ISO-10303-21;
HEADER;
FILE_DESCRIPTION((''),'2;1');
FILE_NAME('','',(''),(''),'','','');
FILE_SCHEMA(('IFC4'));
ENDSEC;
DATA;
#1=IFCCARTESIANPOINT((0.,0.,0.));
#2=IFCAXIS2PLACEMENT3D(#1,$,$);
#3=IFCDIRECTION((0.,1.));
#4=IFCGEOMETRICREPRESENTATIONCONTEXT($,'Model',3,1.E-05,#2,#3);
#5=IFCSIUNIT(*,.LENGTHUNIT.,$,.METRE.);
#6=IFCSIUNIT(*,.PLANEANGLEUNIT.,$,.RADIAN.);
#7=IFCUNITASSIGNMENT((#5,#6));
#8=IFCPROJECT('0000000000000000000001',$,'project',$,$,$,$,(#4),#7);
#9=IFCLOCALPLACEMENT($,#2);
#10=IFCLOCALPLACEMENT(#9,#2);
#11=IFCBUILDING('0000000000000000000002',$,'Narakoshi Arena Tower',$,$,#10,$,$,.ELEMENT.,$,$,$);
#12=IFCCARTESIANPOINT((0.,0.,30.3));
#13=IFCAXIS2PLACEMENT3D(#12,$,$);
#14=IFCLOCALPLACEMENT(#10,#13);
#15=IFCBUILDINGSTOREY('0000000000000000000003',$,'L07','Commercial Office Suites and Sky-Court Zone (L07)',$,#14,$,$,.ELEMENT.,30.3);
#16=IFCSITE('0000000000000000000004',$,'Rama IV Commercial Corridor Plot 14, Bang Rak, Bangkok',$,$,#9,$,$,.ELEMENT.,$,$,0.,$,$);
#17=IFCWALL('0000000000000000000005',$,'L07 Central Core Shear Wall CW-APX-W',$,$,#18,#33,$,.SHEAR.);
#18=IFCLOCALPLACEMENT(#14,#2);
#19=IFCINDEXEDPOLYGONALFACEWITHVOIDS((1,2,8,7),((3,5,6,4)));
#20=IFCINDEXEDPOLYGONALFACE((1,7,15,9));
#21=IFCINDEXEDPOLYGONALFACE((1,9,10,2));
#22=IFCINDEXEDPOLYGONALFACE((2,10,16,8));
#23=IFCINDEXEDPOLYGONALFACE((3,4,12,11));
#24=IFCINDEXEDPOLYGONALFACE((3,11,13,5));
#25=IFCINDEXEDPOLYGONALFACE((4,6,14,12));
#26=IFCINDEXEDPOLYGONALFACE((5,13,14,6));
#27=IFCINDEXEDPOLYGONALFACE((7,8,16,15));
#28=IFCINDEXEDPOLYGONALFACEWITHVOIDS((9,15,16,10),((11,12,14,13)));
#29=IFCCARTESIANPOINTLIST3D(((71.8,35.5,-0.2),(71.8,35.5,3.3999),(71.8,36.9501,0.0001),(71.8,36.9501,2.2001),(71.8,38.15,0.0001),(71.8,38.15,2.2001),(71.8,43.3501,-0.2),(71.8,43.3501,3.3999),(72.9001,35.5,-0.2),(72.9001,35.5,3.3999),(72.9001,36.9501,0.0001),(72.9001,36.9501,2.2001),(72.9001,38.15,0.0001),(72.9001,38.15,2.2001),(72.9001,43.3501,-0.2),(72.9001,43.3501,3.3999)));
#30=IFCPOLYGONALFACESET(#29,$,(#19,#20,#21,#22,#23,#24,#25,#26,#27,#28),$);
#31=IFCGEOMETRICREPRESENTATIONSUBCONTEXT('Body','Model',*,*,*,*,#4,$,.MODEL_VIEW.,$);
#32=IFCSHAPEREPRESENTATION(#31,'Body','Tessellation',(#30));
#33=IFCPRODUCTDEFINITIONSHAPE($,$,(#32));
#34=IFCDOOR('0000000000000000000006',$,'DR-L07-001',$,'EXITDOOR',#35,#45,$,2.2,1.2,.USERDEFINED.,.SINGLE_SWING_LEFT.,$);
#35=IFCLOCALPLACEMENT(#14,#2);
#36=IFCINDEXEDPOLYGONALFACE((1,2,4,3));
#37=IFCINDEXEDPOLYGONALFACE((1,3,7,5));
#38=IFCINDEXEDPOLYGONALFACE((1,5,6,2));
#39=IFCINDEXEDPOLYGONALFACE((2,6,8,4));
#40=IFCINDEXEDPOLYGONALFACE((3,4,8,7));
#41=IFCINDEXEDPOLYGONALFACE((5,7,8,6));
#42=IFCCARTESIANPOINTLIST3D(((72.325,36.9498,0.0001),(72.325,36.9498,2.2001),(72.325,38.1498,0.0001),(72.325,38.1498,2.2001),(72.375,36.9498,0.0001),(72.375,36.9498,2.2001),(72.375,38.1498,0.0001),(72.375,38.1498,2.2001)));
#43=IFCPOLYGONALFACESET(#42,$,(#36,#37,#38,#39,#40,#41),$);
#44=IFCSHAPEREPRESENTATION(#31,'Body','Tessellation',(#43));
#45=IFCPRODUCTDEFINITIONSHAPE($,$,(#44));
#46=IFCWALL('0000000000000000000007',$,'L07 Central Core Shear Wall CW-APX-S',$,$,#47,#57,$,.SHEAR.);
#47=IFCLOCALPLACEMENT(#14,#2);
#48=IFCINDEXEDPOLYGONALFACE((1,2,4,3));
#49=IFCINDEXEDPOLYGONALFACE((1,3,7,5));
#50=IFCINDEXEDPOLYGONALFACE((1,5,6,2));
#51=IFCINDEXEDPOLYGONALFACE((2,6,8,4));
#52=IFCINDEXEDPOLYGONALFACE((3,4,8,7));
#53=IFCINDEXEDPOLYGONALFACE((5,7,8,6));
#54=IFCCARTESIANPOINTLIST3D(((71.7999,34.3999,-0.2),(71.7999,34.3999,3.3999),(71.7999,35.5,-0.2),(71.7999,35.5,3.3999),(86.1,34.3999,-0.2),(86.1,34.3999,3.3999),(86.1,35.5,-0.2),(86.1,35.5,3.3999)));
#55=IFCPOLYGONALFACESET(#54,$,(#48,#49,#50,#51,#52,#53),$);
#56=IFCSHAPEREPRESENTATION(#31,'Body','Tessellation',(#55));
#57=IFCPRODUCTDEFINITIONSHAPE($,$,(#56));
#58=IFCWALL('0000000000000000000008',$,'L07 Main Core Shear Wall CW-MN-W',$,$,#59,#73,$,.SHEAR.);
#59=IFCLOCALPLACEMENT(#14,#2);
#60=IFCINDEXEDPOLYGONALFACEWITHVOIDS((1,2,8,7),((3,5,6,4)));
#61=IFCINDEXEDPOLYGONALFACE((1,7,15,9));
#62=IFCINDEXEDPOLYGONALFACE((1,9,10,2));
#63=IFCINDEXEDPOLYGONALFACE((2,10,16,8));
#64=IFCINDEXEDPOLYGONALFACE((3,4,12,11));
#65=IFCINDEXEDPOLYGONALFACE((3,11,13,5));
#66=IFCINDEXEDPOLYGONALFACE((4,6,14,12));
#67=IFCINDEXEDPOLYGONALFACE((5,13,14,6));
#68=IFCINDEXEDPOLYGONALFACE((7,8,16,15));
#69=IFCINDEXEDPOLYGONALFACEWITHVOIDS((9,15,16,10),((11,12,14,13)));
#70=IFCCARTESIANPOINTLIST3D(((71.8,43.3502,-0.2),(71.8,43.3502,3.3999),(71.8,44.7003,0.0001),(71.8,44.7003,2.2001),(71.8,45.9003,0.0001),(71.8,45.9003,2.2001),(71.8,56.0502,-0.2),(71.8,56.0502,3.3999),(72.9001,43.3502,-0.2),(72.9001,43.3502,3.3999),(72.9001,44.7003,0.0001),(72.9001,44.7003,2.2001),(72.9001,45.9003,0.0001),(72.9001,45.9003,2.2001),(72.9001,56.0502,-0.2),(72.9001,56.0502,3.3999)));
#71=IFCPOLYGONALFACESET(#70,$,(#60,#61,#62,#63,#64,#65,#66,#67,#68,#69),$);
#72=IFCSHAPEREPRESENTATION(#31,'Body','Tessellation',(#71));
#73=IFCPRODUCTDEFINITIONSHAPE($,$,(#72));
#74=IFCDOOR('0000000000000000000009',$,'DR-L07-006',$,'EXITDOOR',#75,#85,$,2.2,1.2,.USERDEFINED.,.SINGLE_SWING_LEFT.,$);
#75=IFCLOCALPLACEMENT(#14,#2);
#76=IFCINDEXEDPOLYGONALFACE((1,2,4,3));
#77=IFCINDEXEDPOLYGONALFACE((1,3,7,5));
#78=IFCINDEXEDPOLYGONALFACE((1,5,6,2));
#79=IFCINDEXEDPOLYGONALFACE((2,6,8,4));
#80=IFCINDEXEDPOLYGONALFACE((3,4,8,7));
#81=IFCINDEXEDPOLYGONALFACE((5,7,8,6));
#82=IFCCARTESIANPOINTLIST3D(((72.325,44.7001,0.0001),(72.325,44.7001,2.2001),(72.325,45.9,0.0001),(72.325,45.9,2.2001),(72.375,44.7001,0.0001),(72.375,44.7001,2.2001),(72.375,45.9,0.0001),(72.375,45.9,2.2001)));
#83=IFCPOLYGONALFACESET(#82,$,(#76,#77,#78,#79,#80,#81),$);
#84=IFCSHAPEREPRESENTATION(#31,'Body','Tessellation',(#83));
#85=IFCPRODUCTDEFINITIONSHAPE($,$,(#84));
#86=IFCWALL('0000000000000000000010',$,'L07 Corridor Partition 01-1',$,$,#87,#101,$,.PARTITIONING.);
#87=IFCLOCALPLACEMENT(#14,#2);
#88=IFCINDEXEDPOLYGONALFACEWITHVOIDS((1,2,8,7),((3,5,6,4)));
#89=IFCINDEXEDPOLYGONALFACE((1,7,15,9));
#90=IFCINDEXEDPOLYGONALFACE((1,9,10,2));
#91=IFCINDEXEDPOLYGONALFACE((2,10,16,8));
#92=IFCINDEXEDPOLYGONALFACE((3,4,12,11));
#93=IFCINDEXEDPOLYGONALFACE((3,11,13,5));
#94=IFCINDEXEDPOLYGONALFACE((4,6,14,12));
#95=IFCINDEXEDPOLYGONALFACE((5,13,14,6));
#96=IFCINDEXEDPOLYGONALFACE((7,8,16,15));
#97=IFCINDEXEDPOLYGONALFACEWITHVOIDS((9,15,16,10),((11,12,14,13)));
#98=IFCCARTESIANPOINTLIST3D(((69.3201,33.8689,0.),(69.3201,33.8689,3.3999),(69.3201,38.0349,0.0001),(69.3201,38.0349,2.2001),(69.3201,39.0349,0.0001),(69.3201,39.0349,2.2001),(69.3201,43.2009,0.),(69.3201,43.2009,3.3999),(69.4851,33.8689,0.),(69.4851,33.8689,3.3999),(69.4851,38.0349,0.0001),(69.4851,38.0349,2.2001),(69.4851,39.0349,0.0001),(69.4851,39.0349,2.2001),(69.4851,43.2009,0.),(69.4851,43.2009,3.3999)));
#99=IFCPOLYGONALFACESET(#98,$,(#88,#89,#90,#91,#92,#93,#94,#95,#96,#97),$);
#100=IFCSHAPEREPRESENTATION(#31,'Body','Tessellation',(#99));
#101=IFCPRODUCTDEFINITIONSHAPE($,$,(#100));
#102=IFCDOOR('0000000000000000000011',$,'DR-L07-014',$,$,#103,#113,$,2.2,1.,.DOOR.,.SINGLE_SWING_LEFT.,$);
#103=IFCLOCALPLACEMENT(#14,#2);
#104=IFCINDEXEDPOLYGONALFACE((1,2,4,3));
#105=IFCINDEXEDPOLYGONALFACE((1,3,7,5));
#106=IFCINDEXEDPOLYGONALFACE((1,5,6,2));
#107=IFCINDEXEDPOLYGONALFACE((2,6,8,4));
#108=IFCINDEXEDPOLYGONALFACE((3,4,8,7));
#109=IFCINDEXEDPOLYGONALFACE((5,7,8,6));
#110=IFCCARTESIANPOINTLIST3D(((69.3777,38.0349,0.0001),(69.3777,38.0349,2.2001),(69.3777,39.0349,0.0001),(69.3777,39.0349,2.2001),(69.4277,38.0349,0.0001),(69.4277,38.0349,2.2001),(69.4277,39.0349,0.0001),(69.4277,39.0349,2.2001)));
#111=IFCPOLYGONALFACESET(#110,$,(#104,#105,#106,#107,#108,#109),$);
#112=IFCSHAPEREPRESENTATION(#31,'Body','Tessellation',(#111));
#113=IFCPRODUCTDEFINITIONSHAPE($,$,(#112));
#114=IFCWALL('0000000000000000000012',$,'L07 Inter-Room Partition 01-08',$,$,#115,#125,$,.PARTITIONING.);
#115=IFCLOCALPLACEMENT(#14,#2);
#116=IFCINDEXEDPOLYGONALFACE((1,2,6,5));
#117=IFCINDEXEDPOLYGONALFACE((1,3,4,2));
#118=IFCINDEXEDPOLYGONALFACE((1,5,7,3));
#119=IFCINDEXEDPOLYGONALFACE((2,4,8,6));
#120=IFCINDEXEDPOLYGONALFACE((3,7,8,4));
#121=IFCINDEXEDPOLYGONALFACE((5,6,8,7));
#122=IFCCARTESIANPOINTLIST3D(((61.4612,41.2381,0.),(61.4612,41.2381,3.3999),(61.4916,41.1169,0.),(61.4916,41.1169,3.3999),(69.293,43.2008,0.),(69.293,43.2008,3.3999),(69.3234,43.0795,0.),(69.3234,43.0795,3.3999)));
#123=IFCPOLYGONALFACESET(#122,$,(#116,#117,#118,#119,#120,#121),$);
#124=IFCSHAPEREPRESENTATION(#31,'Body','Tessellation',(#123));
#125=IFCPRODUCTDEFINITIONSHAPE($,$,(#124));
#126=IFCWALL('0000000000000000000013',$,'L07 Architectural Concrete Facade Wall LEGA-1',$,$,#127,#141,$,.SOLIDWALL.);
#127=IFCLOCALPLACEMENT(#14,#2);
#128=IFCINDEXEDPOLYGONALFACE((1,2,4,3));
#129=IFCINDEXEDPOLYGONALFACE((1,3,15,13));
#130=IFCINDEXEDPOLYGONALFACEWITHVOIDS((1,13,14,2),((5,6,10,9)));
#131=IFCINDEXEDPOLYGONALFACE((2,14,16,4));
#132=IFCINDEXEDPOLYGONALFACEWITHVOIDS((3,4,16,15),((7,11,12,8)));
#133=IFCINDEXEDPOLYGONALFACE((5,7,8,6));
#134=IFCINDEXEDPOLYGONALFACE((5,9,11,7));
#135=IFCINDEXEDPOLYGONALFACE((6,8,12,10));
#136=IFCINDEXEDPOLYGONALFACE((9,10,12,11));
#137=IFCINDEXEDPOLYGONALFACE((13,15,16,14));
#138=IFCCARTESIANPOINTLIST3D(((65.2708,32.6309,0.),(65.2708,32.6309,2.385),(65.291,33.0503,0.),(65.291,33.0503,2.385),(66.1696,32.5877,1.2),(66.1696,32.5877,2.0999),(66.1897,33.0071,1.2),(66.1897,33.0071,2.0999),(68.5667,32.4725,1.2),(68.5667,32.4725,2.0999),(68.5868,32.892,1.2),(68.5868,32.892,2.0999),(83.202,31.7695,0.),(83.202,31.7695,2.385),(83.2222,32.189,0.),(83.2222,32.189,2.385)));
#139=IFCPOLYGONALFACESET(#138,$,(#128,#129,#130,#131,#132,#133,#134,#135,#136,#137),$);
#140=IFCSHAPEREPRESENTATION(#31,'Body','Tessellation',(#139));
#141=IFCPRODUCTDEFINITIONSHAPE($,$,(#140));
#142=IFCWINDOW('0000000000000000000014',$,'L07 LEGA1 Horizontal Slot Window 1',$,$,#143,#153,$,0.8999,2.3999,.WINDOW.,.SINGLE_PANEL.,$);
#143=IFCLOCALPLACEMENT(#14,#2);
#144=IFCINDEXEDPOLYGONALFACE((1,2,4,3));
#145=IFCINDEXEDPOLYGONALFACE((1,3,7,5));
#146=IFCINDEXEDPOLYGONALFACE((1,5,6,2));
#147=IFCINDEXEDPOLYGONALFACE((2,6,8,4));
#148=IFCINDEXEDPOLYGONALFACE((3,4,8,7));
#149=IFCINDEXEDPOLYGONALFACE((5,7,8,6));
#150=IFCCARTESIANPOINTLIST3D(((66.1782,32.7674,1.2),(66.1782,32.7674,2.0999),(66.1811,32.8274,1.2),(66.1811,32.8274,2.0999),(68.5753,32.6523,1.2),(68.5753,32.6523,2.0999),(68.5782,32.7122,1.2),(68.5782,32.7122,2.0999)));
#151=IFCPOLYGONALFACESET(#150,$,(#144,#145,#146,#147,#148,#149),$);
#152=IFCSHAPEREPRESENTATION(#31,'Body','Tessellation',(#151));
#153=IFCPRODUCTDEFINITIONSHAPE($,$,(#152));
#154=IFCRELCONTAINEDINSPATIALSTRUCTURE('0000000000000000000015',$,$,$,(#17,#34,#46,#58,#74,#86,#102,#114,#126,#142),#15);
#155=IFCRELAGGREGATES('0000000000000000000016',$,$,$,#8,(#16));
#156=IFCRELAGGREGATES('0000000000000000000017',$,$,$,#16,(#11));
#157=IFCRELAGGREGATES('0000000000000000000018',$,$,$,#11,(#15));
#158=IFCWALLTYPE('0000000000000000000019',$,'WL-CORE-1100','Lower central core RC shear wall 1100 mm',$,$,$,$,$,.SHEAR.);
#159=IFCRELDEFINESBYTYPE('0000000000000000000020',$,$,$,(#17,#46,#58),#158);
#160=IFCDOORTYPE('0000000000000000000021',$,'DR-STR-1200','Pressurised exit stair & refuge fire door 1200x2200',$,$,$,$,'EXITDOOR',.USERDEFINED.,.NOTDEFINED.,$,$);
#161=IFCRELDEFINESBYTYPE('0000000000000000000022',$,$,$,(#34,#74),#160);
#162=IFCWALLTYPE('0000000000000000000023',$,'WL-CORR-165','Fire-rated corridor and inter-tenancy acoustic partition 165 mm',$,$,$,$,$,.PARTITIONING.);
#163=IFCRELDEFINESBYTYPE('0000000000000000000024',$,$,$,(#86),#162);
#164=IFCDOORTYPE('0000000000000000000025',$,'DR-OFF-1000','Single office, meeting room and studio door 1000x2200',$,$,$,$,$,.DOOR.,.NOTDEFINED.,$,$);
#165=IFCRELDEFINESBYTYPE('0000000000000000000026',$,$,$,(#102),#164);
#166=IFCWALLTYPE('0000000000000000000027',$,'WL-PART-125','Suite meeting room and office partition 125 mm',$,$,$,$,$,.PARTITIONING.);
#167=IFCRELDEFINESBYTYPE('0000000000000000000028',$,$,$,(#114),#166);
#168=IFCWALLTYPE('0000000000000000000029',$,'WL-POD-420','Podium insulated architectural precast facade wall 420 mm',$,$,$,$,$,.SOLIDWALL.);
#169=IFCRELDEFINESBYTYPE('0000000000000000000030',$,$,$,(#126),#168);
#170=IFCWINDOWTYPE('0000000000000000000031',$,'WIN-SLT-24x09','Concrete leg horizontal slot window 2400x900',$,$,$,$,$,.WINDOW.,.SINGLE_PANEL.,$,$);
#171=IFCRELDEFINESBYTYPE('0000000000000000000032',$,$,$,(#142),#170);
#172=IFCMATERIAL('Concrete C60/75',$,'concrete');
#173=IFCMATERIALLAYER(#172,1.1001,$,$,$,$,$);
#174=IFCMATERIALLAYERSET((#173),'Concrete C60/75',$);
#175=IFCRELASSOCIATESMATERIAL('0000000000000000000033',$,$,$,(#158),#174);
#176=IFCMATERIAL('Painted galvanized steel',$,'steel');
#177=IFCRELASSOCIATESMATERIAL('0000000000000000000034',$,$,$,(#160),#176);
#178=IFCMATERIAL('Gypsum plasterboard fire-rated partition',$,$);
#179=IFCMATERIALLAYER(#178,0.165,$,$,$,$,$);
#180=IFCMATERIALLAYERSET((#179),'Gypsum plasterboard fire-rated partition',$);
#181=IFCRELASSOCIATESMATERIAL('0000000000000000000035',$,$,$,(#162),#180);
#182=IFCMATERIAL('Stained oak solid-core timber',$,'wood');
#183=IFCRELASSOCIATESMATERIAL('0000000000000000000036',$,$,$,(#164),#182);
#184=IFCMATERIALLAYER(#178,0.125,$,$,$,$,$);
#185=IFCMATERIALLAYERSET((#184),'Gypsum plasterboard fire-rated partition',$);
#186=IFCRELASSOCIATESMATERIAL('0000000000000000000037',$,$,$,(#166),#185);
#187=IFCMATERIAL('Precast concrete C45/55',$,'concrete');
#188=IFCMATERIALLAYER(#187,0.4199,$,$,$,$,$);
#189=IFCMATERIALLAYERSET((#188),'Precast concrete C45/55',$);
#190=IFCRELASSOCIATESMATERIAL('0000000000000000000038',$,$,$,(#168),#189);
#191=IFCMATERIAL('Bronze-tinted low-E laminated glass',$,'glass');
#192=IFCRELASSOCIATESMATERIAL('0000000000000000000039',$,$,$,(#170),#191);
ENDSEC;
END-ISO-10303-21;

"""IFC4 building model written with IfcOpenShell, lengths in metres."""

from ifc_helpers import new_model, si_unit, direction, frame, frame_2d, origin, place, context, subcontext, project, spatial, rectangle, extrude, material, layer, layer_set, type_object, element, fill, save


model = new_model("IFC4")

# Units and contexts
model_context = context("Model", 3, precision=1e-05, world=origin(), true_north=direction((0.0, 1.0)))
body_context = subcontext(model_context, "Body", "Model", "MODEL_VIEW")
ifc_project = project(units=[si_unit("LENGTHUNIT", "METRE"), si_unit("PLANEANGLEUNIT", "RADIAN")], contexts=[model_context])

# Site, building, storey
site_placement = place(None, origin())
site = spatial("IfcSite", under=ifc_project, at=site_placement, Name="Rama IV Commercial Corridor Plot 14, Bang Rak, Bangkok", CompositionType="ELEMENT", RefElevation=0.0)
building_placement = place(site_placement, origin())
building = spatial("IfcBuilding", under=site, at=building_placement, Name="Narakoshi Arena Tower", CompositionType="ELEMENT")
storey_placement = place(building_placement, frame((0.0, 0.0, 30.3)))
storey = spatial("IfcBuildingStorey", under=building, at=storey_placement, Name="L07", Description="Commercial Office Suites and Sky-Court Zone (L07)", CompositionType="ELEMENT", Elevation=30.3)

# Shared definitions
ifc_material_1 = material(Name="Concrete C60/75", Category="concrete")

# Wall, opening, door
ifc_layer_1 = layer(ifc_material_1, 1.1001)
ifc_layer_set_1 = layer_set([ifc_layer_1], Name="Concrete C60/75")
wall_type_1 = type_object("IfcWallType", Name="WL-CORE-1100", Description="Lower central core RC shear wall 1100 mm", PredefinedType="SHEAR", material=ifc_layer_set_1)
wall_1_placement = place(storey_placement, frame((72.3501, 35.5, -0.2), z_axis=(0.0, 0.0, 1.0), x_axis=(0.0, 1.0, 0.0)))
wall_1 = element("IfcWall", 1, at=wall_1_placement, inside=storey, type_object=wall_type_1, Name="L07 Central Core Shear Wall CW-APX-W", PredefinedType="SHEAR", context=body_context, shape_type="SweptSolid", body=[
    extrude(rectangle(XDim=7.8501, YDim=1.1001, at=frame_2d((3.925, 0.0))), origin(), (0.0, 0.0, 1.0), 3.5999),
])
opening_1_placement = place(wall_1_placement, frame((1.45, 0.0, 0.2)))
opening_1 = element("IfcOpeningElement", 2, at=opening_1_placement, cuts=wall_1, PredefinedType="OPENING", context=body_context, shape_type="SweptSolid", body=[
    extrude(rectangle(XDim=1.2, YDim=2.2, at=frame_2d((0.6001, 1.1001))), frame((0.0, 0.5601, 0.0), z_axis=(0.0, -1.0, 0.0), x_axis=(1.0, 0.0, 0.0)), (0.0, 0.0, 1.0), 1.1201),
])
ifc_material_2 = material(Name="Painted galvanized steel", Category="steel")
door_type_1 = type_object("IfcDoorType", Name="DR-STR-1200", Description="Pressurised exit stair & refuge fire door 1200x2200", ElementType="EXITDOOR", OperationType="NOTDEFINED", PredefinedType="USERDEFINED", material=ifc_material_2)
door_1_placement = place(opening_1_placement, frame((1.2, 0.0, 0.0), z_axis=(0.0, 0.0, 1.0), x_axis=(-1.0, 0.0, 0.0)))
door_1 = element("IfcDoor", 3, at=door_1_placement, inside=storey, type_object=door_type_1, Name="DR-L07-001", ObjectType="EXITDOOR", OperationType="SINGLE_SWING_LEFT", OverallHeight=2.2, OverallWidth=1.2, PredefinedType="USERDEFINED", context=body_context, shape_type="SweptSolid", body=[
    extrude(rectangle(XDim=1.2, YDim=2.2, at=frame_2d((0.6001, 1.1001))), frame((0.0, 0.0249, 0.0), z_axis=(0.0, -1.0, 0.0), x_axis=(1.0, 0.0, 0.0)), (0.0, 0.0, 1.0), 0.05),
])
fill(opening_1, door_1)

# Wall
wall_2_placement = place(storey_placement, frame((71.8, 34.95, -0.2), z_axis=(0.0, 0.0, 1.0), x_axis=(1.0, 0.0, 0.0)))
element("IfcWall", 4, at=wall_2_placement, inside=storey, type_object=wall_type_1, Name="L07 Central Core Shear Wall CW-APX-S", PredefinedType="SHEAR", context=body_context, shape_type="SweptSolid", body=[
    extrude(rectangle(XDim=14.3, YDim=1.1001, at=frame_2d((7.1499, 0.0))), origin(), (0.0, 0.0, 1.0), 3.5999),
])

# Walls, openings, doors
wall_3_placement = place(storey_placement, frame((72.3501, 43.3501, -0.2), z_axis=(0.0, 0.0, 1.0), x_axis=(0.0, 1.0, 0.0)))
wall_3 = element("IfcWall", 5, at=wall_3_placement, inside=storey, type_object=wall_type_1, Name="L07 Main Core Shear Wall CW-MN-W", PredefinedType="SHEAR", context=body_context, shape_type="SweptSolid", body=[
    extrude(rectangle(XDim=12.7, YDim=1.1001, at=frame_2d((6.3501, 0.0))), origin(), (0.0, 0.0, 1.0), 3.5999),
])
opening_2_placement = place(wall_3_placement, frame((1.3501, 0.0, 0.2)))
opening_2 = element("IfcOpeningElement", 6, at=opening_2_placement, cuts=wall_3, PredefinedType="OPENING", context=body_context, shape_type="SweptSolid", body=[
    extrude(rectangle(XDim=1.2, YDim=2.2, at=frame_2d((0.6001, 1.1001))), frame((0.0, 0.5601, 0.0), z_axis=(0.0, -1.0, 0.0), x_axis=(1.0, 0.0, 0.0)), (0.0, 0.0, 1.0), 1.1201),
])
door_2_placement = place(opening_2_placement, frame((1.2, 0.0, 0.0), z_axis=(0.0, 0.0, 1.0), x_axis=(-1.0, 0.0, 0.0)))
door_2 = element("IfcDoor", 7, at=door_2_placement, inside=storey, type_object=door_type_1, Name="DR-L07-006", ObjectType="EXITDOOR", OperationType="SINGLE_SWING_LEFT", OverallHeight=2.2, OverallWidth=1.2, PredefinedType="USERDEFINED", context=body_context, shape_type="SweptSolid", body=[
    extrude(rectangle(XDim=1.2, YDim=2.2, at=frame_2d((0.6001, 1.1001))), frame((0.0, 0.0249, 0.0), z_axis=(0.0, -1.0, 0.0), x_axis=(1.0, 0.0, 0.0)), (0.0, 0.0, 1.0), 0.05),
])
fill(opening_2, door_2)
ifc_material_3 = material(Name="Gypsum plasterboard fire-rated partition")
ifc_layer_2 = layer(ifc_material_3, 0.165)
ifc_layer_set_2 = layer_set([ifc_layer_2], Name="Gypsum plasterboard fire-rated partition")
wall_type_2 = type_object("IfcWallType", Name="WL-CORR-165", Description="Fire-rated corridor and inter-tenancy acoustic partition 165 mm", PredefinedType="PARTITIONING", material=ifc_layer_set_2)
wall_4_placement = place(storey_placement, frame((69.4026, 43.2009, 0.0), z_axis=(0.0, 0.0, 1.0), x_axis=(0.0, -1.0, 0.0)))
wall_4 = element("IfcWall", 8, at=wall_4_placement, inside=storey, type_object=wall_type_2, Name="L07 Corridor Partition 01-1", PredefinedType="PARTITIONING", context=body_context, shape_type="SweptSolid", body=[
    extrude(rectangle(XDim=9.332, YDim=0.165, at=frame_2d((4.666, 0.0))), origin(), (0.0, 0.0, 1.0), 3.3999),
])
opening_3_placement = place(wall_4_placement, frame((4.166, 0.0, 0.0)))
opening_3 = element("IfcOpeningElement", 9, at=opening_3_placement, cuts=wall_4, PredefinedType="OPENING", context=body_context, shape_type="SweptSolid", body=[
    extrude(rectangle(XDim=1.0, YDim=2.2, at=frame_2d((0.5, 1.1001))), frame((0.0, 0.0925, 0.0), z_axis=(0.0, -1.0, 0.0), x_axis=(1.0, 0.0, 0.0)), (0.0, 0.0, 1.0), 0.1851),
])
ifc_material_4 = material(Name="Stained oak solid-core timber", Category="wood")
door_type_2 = type_object("IfcDoorType", Name="DR-OFF-1000", Description="Single office, meeting room and studio door 1000x2200", OperationType="NOTDEFINED", PredefinedType="DOOR", material=ifc_material_4)
door_3_placement = place(opening_3_placement, frame((1.0, 0.0, 0.0), z_axis=(0.0, 0.0, 1.0), x_axis=(-1.0, 0.0, 0.0)))
door_3 = element("IfcDoor", 10, at=door_3_placement, inside=storey, type_object=door_type_2, Name="DR-L07-014", OperationType="SINGLE_SWING_LEFT", OverallHeight=2.2, OverallWidth=1.0, PredefinedType="DOOR", context=body_context, shape_type="SweptSolid", body=[
    extrude(rectangle(XDim=1.0, YDim=2.2, at=frame_2d((0.5, 1.1001))), frame((0.0, 0.0249, 0.0), z_axis=(0.0, -1.0, 0.0), x_axis=(1.0, 0.0, 0.0)), (0.0, 0.0, 1.0), 0.05),
])
fill(opening_3, door_3)

# Wall
ifc_layer_3 = layer(ifc_material_3, 0.125)
ifc_layer_set_3 = layer_set([ifc_layer_3], Name="Gypsum plasterboard fire-rated partition")
wall_type_3 = type_object("IfcWallType", Name="WL-PART-125", Description="Suite meeting room and office partition 125 mm", PredefinedType="PARTITIONING", material=ifc_layer_set_3)
wall_5_placement = place(storey_placement, frame((61.4763, 41.1775, 0.0), z_axis=(0.0, 0.0, 1.0), x_axis=(0.970005, 0.243083, 0.0)))
element("IfcWall", 11, at=wall_5_placement, inside=storey, type_object=wall_type_3, Name="L07 Inter-Room Partition 01-08", PredefinedType="PARTITIONING", context=body_context, shape_type="SweptSolid", body=[
    extrude(rectangle(XDim=8.074, YDim=0.125, at=frame_2d((4.0371, 0.0))), origin(), (0.0, 0.0, 1.0), 3.3999),
])

# Wall, opening, window
ifc_material_5 = material(Name="Precast concrete C45/55", Category="concrete")
ifc_layer_4 = layer(ifc_material_5, 0.4199)
ifc_layer_set_4 = layer_set([ifc_layer_4], Name="Precast concrete C45/55")
wall_type_4 = type_object("IfcWallType", Name="WL-POD-420", Description="Podium insulated architectural precast facade wall 420 mm", PredefinedType="SOLIDWALL", material=ifc_layer_set_4)
wall_6_placement = place(storey_placement, frame((65.2808, 32.8406, 0.0), z_axis=(0.0, 0.0, 1.0), x_axis=(0.998848, -0.04798, 0.0)))
wall_6 = element("IfcWall", 12, at=wall_6_placement, inside=storey, type_object=wall_type_4, Name="L07 Architectural Concrete Facade Wall LEGA-1", PredefinedType="SOLIDWALL", context=body_context, shape_type="SweptSolid", body=[
    extrude(rectangle(XDim=17.9519, YDim=0.4199, at=frame_2d((8.9761, 0.0))), origin(), (0.0, 0.0, 1.0), 2.385),
])
opening_4_placement = place(wall_6_placement, frame((0.8999, 0.0, 1.2)))
opening_4 = element("IfcOpeningElement", 13, at=opening_4_placement, cuts=wall_6, PredefinedType="OPENING", context=body_context, shape_type="SweptSolid", body=[
    extrude(rectangle(XDim=2.3999, YDim=0.8999, at=frame_2d((1.2, 0.45))), frame((0.0, 0.22, 0.0), z_axis=(0.0, -1.0, 0.0), x_axis=(1.0, 0.0, 0.0)), (0.0, 0.0, 1.0), 0.4399),
])
ifc_material_6 = material(Name="Bronze-tinted low-E laminated glass", Category="glass")
window_type_1 = type_object("IfcWindowType", Name="WIN-SLT-24x09", Description="Concrete leg horizontal slot window 2400x900", PartitioningType="SINGLE_PANEL", PredefinedType="WINDOW", material=ifc_material_6)
window_1_placement = place(opening_4_placement, origin())
window_1 = element("IfcWindow", 14, at=window_1_placement, inside=storey, type_object=window_type_1, Name="L07 LEGA1 Horizontal Slot Window 1", OverallHeight=0.8999, OverallWidth=2.3999, PartitioningType="SINGLE_PANEL", PredefinedType="WINDOW", context=body_context, shape_type="SweptSolid", body=[
    extrude(rectangle(XDim=2.3999, YDim=0.8999, at=frame_2d((1.2, 0.45))), frame((0.0, 0.03, 0.0), z_axis=(0.0, -1.0, 0.0), x_axis=(1.0, 0.0, 0.0)), (0.0, 0.0, 1.0), 0.0601),
])
fill(opening_4, window_1)

save(model, "model.ifc")
